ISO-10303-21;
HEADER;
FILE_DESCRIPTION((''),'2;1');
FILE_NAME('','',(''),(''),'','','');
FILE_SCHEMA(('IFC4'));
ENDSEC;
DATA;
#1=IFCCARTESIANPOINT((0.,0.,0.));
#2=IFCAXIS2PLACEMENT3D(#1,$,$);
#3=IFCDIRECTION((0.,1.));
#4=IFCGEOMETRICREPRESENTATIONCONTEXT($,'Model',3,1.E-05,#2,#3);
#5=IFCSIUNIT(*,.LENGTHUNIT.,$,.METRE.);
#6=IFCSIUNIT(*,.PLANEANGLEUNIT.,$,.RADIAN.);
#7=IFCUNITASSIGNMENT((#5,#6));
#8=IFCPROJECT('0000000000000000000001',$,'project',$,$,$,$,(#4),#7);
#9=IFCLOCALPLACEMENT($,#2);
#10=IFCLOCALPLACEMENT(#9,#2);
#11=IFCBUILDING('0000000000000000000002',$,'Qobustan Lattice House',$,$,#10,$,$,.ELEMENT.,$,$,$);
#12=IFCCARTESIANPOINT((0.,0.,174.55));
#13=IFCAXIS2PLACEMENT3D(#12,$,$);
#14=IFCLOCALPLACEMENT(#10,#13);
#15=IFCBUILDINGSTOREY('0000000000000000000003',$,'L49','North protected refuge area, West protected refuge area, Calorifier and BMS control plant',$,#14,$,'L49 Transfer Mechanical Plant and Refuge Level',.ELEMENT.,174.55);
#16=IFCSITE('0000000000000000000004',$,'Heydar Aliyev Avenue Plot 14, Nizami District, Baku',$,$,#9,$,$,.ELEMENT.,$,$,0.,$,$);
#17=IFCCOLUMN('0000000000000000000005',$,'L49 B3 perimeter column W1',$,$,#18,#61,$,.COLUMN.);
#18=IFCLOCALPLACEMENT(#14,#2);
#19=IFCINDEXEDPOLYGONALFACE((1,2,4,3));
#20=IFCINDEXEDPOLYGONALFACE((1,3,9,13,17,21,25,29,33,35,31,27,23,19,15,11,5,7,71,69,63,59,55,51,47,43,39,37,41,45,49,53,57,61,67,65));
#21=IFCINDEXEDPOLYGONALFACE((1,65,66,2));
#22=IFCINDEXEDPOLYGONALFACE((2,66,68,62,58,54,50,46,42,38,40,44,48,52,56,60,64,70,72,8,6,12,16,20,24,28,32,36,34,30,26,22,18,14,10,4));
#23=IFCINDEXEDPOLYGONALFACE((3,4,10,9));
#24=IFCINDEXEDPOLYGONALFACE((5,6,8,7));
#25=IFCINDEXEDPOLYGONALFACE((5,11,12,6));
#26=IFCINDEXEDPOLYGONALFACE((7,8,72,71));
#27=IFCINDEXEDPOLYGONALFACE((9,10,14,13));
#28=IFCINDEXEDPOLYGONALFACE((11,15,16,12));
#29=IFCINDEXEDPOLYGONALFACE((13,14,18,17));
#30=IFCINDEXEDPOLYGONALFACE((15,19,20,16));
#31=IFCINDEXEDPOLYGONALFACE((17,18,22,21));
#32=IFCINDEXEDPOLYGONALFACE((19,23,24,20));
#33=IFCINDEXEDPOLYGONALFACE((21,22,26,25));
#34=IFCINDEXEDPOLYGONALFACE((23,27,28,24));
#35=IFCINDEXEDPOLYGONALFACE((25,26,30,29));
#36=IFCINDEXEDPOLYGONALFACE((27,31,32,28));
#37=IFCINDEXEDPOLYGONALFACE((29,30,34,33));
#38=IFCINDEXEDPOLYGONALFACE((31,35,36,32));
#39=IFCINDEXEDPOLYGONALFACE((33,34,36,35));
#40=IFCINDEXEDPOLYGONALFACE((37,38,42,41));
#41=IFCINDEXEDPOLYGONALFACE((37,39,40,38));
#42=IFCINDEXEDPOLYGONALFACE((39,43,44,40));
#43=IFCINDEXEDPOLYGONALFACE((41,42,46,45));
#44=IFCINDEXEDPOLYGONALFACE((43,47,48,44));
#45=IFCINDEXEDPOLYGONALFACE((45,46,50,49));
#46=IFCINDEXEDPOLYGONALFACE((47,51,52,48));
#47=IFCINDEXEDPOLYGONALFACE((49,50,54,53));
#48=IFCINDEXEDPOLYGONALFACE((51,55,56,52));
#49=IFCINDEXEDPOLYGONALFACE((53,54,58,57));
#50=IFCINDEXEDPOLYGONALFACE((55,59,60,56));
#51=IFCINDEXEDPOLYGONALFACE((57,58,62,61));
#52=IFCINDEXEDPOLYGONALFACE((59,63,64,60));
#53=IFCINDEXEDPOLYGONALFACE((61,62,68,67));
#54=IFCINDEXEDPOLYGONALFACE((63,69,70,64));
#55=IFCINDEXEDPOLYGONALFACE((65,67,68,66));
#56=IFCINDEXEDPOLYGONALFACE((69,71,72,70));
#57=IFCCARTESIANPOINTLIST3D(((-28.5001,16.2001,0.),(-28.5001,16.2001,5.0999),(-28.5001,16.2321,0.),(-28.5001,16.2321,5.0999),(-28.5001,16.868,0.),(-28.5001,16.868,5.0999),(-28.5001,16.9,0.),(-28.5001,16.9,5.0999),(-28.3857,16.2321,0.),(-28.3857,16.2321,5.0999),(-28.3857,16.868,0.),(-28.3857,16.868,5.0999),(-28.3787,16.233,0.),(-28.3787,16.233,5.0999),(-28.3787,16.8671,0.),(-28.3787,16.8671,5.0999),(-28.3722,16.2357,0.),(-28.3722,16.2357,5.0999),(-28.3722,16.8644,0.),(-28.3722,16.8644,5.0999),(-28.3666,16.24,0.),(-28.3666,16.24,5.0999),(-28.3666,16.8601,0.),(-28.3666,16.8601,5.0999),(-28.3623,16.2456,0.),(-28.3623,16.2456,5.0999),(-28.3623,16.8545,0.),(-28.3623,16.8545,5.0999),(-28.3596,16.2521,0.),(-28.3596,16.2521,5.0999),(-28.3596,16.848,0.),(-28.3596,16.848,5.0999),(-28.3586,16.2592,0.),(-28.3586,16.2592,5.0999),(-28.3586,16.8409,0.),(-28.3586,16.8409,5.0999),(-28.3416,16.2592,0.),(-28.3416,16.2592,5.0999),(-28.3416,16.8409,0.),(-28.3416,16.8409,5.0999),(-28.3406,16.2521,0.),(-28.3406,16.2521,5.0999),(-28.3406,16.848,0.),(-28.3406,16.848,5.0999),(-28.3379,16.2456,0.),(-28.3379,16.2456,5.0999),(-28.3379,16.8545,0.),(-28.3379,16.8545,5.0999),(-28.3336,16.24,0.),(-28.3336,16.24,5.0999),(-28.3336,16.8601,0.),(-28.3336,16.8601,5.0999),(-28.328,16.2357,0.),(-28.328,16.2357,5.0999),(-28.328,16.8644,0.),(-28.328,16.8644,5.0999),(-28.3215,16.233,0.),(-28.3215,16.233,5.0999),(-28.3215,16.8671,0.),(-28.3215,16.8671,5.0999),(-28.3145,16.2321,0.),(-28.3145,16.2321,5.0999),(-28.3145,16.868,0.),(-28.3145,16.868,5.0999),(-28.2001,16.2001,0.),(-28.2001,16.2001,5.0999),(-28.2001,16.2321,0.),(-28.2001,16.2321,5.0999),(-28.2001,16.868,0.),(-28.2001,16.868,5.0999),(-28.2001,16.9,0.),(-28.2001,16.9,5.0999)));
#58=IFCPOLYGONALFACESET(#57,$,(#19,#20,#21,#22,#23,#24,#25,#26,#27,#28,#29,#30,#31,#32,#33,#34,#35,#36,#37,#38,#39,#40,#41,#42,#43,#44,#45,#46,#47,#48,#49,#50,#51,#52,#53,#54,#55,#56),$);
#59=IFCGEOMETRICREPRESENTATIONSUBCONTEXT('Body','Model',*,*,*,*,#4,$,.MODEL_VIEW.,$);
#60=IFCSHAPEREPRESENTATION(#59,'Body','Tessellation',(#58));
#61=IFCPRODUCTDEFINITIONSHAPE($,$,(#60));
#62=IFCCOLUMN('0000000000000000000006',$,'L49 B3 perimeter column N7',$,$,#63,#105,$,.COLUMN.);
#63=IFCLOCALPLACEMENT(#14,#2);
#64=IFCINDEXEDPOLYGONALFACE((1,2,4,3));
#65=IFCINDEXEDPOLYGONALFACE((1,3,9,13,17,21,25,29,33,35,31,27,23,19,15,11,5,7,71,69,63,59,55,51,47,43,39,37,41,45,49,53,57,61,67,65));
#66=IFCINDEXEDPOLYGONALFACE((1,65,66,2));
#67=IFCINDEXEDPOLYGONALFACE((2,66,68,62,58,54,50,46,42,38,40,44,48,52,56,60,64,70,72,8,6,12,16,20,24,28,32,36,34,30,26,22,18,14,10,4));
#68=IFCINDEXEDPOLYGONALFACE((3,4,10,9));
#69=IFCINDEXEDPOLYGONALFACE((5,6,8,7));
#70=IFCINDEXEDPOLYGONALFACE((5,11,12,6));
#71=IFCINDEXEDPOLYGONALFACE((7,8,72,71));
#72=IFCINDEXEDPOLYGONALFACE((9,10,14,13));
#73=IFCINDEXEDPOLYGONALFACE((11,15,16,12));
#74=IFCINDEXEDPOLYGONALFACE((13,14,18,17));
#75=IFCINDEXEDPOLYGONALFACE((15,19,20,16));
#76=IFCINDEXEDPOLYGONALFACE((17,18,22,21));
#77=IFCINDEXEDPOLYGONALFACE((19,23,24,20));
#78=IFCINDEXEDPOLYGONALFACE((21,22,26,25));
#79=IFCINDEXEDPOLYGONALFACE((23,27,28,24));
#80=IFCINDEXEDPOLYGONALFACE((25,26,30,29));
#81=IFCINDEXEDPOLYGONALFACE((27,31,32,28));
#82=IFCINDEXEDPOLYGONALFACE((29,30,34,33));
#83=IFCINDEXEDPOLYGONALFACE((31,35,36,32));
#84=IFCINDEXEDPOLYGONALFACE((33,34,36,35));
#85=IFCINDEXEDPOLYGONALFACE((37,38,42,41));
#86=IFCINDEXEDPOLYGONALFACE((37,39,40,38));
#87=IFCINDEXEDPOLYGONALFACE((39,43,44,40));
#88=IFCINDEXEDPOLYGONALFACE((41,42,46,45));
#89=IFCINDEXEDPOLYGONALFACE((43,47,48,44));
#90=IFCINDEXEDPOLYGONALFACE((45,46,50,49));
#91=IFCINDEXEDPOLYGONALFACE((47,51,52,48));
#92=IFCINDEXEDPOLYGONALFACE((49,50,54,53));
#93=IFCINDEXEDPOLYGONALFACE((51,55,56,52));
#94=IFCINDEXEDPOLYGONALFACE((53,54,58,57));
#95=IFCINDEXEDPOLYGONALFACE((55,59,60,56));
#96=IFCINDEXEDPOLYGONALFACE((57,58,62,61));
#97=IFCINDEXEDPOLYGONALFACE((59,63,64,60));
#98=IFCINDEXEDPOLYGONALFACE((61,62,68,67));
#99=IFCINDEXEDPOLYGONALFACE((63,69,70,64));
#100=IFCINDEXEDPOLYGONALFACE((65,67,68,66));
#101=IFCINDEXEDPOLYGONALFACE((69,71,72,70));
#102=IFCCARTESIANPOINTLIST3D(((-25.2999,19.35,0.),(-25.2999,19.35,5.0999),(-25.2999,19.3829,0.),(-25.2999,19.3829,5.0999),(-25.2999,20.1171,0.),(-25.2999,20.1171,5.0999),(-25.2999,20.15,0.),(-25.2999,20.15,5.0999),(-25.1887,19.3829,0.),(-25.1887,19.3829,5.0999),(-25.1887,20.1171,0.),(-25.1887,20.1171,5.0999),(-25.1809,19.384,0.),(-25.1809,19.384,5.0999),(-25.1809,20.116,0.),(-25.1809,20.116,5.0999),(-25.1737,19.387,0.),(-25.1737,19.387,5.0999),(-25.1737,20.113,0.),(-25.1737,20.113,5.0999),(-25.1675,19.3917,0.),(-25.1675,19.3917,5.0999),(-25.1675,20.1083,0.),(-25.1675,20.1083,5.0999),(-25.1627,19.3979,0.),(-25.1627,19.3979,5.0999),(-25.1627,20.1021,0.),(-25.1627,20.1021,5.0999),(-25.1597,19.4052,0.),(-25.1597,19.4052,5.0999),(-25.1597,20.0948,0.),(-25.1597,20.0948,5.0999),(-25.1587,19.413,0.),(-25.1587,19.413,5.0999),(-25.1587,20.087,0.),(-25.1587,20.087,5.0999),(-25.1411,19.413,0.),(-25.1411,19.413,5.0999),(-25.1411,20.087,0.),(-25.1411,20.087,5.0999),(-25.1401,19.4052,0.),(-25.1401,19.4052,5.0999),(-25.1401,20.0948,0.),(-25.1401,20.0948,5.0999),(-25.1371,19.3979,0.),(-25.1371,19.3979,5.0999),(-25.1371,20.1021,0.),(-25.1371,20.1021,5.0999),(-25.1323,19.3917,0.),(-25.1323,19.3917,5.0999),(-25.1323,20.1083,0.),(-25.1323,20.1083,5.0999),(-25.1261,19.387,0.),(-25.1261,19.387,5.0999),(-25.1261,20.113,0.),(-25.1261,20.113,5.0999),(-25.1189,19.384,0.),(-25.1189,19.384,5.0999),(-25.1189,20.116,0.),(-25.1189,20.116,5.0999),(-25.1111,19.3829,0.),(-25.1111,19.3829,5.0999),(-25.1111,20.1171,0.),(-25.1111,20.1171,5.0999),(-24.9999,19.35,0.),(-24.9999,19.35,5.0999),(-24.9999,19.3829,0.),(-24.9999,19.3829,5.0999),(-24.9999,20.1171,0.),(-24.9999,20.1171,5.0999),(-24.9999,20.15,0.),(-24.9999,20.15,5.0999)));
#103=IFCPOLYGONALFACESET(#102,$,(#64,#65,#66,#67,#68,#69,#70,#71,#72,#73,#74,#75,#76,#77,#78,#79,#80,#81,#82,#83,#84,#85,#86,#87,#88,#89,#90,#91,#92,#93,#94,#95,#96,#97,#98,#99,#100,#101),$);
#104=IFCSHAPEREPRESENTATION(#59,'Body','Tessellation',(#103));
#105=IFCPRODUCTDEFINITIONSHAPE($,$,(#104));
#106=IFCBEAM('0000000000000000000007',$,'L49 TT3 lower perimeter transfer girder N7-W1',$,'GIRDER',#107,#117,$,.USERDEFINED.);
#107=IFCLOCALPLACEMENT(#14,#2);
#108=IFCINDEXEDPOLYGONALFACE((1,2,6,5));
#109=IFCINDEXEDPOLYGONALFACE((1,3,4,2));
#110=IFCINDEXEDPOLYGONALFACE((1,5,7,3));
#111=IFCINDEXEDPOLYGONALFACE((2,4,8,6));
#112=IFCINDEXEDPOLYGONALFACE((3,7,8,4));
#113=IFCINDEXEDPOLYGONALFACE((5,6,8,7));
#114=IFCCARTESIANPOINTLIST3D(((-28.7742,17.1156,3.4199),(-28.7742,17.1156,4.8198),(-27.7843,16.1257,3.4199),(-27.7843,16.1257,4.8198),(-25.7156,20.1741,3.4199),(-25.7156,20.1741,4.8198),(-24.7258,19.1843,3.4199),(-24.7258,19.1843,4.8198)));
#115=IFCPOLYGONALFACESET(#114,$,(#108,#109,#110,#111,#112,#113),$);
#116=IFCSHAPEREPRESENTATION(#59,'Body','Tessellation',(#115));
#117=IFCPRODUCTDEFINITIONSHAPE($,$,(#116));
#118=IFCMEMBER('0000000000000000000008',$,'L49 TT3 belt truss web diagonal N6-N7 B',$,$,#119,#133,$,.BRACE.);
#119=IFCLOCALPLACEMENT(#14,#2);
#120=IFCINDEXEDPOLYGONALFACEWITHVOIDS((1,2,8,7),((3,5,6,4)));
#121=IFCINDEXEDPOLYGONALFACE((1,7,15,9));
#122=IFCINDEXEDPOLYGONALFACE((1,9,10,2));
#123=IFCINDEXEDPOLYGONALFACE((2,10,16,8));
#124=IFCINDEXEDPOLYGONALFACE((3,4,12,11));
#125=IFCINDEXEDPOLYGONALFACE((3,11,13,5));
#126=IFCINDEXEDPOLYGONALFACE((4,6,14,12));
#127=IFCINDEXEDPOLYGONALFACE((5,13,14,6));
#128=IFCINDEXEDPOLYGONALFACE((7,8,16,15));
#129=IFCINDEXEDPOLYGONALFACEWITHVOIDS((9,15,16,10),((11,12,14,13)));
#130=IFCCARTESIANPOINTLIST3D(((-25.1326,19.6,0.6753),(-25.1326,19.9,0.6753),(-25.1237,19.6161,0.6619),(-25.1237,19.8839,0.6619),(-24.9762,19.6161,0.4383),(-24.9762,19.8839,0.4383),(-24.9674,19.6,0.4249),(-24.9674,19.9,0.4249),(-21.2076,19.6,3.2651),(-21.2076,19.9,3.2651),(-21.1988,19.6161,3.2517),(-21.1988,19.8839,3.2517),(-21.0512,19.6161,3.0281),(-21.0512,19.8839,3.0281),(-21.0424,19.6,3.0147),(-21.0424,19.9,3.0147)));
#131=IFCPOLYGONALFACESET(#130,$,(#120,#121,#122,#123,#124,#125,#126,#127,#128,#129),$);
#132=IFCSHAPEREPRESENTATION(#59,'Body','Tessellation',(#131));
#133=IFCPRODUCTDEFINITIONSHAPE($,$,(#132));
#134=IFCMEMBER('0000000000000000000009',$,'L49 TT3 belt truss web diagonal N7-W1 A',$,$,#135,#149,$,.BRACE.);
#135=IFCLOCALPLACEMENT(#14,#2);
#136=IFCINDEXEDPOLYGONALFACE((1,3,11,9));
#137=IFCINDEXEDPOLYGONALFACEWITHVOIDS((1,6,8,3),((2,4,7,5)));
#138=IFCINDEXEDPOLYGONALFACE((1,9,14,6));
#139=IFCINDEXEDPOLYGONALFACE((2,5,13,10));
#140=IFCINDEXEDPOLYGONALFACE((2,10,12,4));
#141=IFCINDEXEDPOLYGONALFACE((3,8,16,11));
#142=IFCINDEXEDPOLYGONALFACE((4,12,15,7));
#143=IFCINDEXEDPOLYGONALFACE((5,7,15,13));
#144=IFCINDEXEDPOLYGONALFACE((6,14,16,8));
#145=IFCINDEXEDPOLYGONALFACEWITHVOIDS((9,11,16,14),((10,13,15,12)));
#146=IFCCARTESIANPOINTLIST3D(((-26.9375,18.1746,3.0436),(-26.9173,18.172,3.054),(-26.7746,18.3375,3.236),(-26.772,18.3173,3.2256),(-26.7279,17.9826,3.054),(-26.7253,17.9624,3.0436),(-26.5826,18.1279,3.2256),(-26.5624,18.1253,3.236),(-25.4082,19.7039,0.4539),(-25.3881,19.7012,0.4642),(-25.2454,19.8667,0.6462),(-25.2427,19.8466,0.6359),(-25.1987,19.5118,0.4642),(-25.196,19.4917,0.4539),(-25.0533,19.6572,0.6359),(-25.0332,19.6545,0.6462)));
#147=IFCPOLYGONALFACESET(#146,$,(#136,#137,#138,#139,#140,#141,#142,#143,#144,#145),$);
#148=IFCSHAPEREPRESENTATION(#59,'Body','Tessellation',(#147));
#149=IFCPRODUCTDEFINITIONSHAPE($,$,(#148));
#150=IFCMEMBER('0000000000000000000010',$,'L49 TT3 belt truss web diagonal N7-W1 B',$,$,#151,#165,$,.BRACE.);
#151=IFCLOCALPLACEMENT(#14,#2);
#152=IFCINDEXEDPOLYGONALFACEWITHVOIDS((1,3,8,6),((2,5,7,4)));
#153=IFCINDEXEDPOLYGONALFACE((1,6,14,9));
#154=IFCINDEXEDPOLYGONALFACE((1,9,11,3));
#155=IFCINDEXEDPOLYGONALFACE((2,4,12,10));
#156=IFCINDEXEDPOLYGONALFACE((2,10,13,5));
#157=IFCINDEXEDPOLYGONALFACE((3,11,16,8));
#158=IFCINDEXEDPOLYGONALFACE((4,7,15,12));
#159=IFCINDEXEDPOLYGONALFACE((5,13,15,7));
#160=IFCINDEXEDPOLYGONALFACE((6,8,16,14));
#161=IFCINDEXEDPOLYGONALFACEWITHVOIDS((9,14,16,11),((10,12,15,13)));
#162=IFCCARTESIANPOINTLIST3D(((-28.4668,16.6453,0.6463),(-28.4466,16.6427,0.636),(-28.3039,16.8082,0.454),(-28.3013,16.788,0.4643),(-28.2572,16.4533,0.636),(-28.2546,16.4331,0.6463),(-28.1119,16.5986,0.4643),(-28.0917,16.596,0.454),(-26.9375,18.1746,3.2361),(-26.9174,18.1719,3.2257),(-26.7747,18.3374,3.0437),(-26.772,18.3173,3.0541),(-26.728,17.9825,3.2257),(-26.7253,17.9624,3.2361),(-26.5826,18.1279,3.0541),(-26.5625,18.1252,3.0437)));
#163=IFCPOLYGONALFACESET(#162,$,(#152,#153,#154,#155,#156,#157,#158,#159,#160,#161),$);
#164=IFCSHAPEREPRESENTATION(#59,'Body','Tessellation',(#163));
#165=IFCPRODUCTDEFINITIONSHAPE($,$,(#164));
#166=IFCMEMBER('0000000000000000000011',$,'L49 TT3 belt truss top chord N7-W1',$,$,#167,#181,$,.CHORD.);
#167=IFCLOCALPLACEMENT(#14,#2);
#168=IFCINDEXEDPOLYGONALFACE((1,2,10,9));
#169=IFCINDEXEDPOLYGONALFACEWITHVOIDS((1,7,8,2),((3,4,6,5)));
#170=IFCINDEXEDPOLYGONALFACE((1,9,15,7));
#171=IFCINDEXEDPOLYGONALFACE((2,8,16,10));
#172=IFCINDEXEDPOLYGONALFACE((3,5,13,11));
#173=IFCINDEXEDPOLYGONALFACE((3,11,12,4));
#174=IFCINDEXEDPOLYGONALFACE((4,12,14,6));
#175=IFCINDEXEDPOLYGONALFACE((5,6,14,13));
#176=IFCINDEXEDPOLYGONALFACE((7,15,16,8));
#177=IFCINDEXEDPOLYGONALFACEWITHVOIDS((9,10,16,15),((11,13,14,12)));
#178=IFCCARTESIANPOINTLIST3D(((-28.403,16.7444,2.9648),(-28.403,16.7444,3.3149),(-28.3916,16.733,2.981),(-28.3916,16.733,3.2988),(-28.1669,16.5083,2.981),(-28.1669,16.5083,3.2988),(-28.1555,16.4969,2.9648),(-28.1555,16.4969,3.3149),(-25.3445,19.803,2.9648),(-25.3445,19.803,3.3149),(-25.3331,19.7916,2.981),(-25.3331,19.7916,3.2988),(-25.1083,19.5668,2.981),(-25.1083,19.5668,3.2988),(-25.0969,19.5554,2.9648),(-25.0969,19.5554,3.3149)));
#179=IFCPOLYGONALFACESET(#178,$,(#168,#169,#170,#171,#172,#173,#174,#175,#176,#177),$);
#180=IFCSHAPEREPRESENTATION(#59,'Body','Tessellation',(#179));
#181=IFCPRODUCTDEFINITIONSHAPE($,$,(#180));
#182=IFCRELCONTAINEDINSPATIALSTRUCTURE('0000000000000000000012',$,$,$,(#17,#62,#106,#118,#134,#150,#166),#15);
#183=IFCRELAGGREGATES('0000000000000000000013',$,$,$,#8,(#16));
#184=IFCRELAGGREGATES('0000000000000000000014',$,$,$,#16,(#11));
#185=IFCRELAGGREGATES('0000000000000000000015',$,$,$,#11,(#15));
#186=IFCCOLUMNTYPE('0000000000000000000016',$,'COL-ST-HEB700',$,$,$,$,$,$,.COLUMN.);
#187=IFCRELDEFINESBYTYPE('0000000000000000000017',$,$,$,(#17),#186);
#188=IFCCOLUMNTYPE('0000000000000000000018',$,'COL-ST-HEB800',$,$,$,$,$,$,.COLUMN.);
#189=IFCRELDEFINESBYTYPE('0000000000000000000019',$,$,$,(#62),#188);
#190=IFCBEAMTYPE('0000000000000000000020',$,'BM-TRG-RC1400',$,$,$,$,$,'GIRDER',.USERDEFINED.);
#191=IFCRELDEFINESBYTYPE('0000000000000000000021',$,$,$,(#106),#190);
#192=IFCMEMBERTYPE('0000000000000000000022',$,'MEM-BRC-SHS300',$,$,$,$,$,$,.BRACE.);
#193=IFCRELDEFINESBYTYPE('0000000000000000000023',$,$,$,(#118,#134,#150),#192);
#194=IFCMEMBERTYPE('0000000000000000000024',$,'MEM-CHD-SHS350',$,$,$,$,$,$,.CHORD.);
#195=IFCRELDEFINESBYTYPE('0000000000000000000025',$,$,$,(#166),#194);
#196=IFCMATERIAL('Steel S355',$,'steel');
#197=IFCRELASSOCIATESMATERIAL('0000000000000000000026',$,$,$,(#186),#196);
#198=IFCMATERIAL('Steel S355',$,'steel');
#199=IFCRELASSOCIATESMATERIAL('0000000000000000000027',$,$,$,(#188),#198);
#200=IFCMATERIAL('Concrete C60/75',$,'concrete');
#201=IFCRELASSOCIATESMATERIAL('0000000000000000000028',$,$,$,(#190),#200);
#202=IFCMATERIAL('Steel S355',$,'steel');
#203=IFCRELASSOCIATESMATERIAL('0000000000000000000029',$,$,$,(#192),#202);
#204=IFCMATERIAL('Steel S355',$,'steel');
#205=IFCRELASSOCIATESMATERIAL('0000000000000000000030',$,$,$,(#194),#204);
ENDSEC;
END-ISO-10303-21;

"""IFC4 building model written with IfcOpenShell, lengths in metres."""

from ifc_helpers import new_model, si_unit, direction, frame, origin, origin_2d, place, context, subcontext, project, spatial, rectangle, hollow_rectangle, i_section, extrude, material, material_profile, profile_set, type_object, element, save


model = new_model("IFC4")

# Units and contexts
model_context = context("Model", 3, precision=1e-05, world=origin(), true_north=direction((0.0, 1.0)))
body_context = subcontext(model_context, "Body", "Model", "MODEL_VIEW")
ifc_project = project(units=[si_unit("LENGTHUNIT", "METRE"), si_unit("PLANEANGLEUNIT", "RADIAN")], contexts=[model_context])

# Site, building, storey
site_placement = place(None, origin())
site = spatial("IfcSite", under=ifc_project, at=site_placement, Name="Heydar Aliyev Avenue Plot 14, Nizami District, Baku", CompositionType="ELEMENT", RefElevation=0.0)
building_placement = place(site_placement, origin())
building = spatial("IfcBuilding", under=site, at=building_placement, Name="Qobustan Lattice House", CompositionType="ELEMENT")
storey_placement = place(building_placement, frame((0.0, 0.0, 174.55)))
storey = spatial("IfcBuildingStorey", under=building, at=storey_placement, Name="L49", Description="North protected refuge area, West protected refuge area, Calorifier and BMS control plant", LongName="L49 Transfer Mechanical Plant and Refuge Level", CompositionType="ELEMENT", Elevation=174.55)

# Columns
ifc_material_1 = material(Name="Steel S355", Category="steel")
ifc_material_profile_1 = material_profile(ifc_material_1, i_section(OverallWidth=0.3, OverallDepth=0.7, WebThickness=0.0171, FlangeThickness=0.032, FilletRadius=0.0271, at=origin_2d()), Name="HEB700")
ifc_profile_set_1 = profile_set([ifc_material_profile_1], Name="Steel S355")
column_type_1 = type_object("IfcColumnType", Name="COL-ST-HEB700", PredefinedType="COLUMN", material=ifc_profile_set_1)
column_1_placement = place(storey_placement, frame((-28.3501, 16.55, 0.0), z_axis=(0.0, 0.0, 1.0), x_axis=(1.0, 0.0, 0.0)))
element("IfcColumn", 1, at=column_1_placement, inside=storey, type_object=column_type_1, Name="L49 B3 perimeter column W1", PredefinedType="COLUMN", context=body_context, shape_type="SweptSolid", body=[
    extrude(i_section(OverallWidth=0.3, OverallDepth=0.7, WebThickness=0.0171, FlangeThickness=0.032, FilletRadius=0.0271, at=origin_2d()), origin(), (0.0, 0.0, 1.0), 5.0999),
])
ifc_material_2 = material(Name="Steel S355", Category="steel")
ifc_material_profile_2 = material_profile(ifc_material_2, i_section(OverallWidth=0.3, OverallDepth=0.8, WebThickness=0.0176, FlangeThickness=0.033, FilletRadius=0.03, at=origin_2d()), Name="HEB800")
ifc_profile_set_2 = profile_set([ifc_material_profile_2], Name="Steel S355")
column_type_2 = type_object("IfcColumnType", Name="COL-ST-HEB800", PredefinedType="COLUMN", material=ifc_profile_set_2)
column_2_placement = place(storey_placement, frame((-25.1499, 19.75, 0.0), z_axis=(0.0, 0.0, 1.0), x_axis=(1.0, 0.0, 0.0)))
element("IfcColumn", 2, at=column_2_placement, inside=storey, type_object=column_type_2, Name="L49 B3 perimeter column N7", PredefinedType="COLUMN", context=body_context, shape_type="SweptSolid", body=[
    extrude(i_section(OverallWidth=0.3, OverallDepth=0.8, WebThickness=0.0176, FlangeThickness=0.033, FilletRadius=0.03, at=origin_2d()), origin(), (0.0, 0.0, 1.0), 5.0999),
])

# Beam
ifc_material_3 = material(Name="Concrete C60/75", Category="concrete")
ifc_material_profile_3 = material_profile(ifc_material_3, rectangle(XDim=1.3999, YDim=1.3999, at=origin_2d()), Name="RC1400x1400")
ifc_profile_set_3 = profile_set([ifc_material_profile_3], Name="Concrete C60/75")
beam_type = type_object("IfcBeamType", Name="BM-TRG-RC1400", ElementType="GIRDER", PredefinedType="USERDEFINED", material=ifc_profile_set_3)
beam_placement = place(storey_placement, frame((-25.2207, 19.6792, 4.1199), z_axis=(-0.707107, -0.707107, 0.0), x_axis=(0.707107, -0.707107, 0.0)))
element("IfcBeam", 3, at=beam_placement, inside=storey, type_object=beam_type, Name="L49 TT3 lower perimeter transfer girder N7-W1", ObjectType="GIRDER", PredefinedType="USERDEFINED", context=body_context, shape_type="SweptSolid", body=[
    extrude(rectangle(XDim=1.3999, YDim=1.3999, at=origin_2d()), origin(), (0.0, 0.0, 1.0), 4.3254),
])

# Members
ifc_material_4 = material(Name="Steel S355", Category="steel")
ifc_material_profile_4 = material_profile(ifc_material_4, hollow_rectangle(XDim=0.3, YDim=0.3, WallThickness=0.0161, at=origin_2d()), Name="SHS300x300x16")
ifc_profile_set_4 = profile_set([ifc_material_profile_4], Name="Steel S355")
member_type_1 = type_object("IfcMemberType", Name="MEM-BRC-SHS300", PredefinedType="BRACE", material=ifc_profile_set_4)
member_1_placement = place(storey_placement, frame((-21.125, 19.75, 3.1399), z_axis=(-0.834677, 0.0, -0.55074), x_axis=(0.0, -1.0, 0.0)))
element("IfcMember", 4, at=member_1_placement, inside=storey, type_object=member_type_1, Name="L49 TT3 belt truss web diagonal N6-N7 B", PredefinedType="BRACE", context=body_context, shape_type="SweptSolid", body=[
    extrude(hollow_rectangle(XDim=0.3, YDim=0.3, WallThickness=0.0161, at=origin_2d()), origin(), (0.0, 0.0, 1.0), 4.7024),
])
for number, where, z_axis, x_axis, name in (
    (5, (-25.2207, 19.6792, 0.55), (-0.453241, -0.453241, 0.767558), (0.707107, -0.707107, 0.0), "L49 TT3 belt truss web diagonal N7-W1 A"),
    (6, (-26.75, 18.1499, 3.1399), (-0.453241, -0.453241, -0.767558), (0.707107, -0.707107, 0.0), "L49 TT3 belt truss web diagonal N7-W1 B"),
):
    element("IfcMember", number, at=place(storey_placement, frame(where, z_axis=z_axis, x_axis=x_axis)), inside=storey, type_object=member_type_1, Name=name, PredefinedType="BRACE", context=body_context, shape_type="SweptSolid", body=[
        extrude(hollow_rectangle(XDim=0.3, YDim=0.3, WallThickness=0.0161, at=origin_2d()), origin(), (0.0, 0.0, 1.0), 3.374),
    ])
ifc_material_5 = material(Name="Steel S355", Category="steel")
ifc_material_profile_5 = material_profile(ifc_material_5, hollow_rectangle(XDim=0.3501, YDim=0.3501, WallThickness=0.0161, at=origin_2d()), Name="SHS350x350x16")
ifc_profile_set_5 = profile_set([ifc_material_profile_5], Name="Steel S355")
member_type_2 = type_object("IfcMemberType", Name="MEM-CHD-SHS350", PredefinedType="CHORD", material=ifc_profile_set_5)
member_2_placement = place(storey_placement, frame((-25.2207, 19.6792, 3.1399), z_axis=(-0.707107, -0.707107, 0.0), x_axis=(0.707107, -0.707107, 0.0)))
element("IfcMember", 7, at=member_2_placement, inside=storey, type_object=member_type_2, Name="L49 TT3 belt truss top chord N7-W1", PredefinedType="CHORD", context=body_context, shape_type="SweptSolid", body=[
    extrude(hollow_rectangle(XDim=0.3501, YDim=0.3501, WallThickness=0.0161, at=origin_2d()), origin(), (0.0, 0.0, 1.0), 4.3254),
])

save(model, "model.ifc")
